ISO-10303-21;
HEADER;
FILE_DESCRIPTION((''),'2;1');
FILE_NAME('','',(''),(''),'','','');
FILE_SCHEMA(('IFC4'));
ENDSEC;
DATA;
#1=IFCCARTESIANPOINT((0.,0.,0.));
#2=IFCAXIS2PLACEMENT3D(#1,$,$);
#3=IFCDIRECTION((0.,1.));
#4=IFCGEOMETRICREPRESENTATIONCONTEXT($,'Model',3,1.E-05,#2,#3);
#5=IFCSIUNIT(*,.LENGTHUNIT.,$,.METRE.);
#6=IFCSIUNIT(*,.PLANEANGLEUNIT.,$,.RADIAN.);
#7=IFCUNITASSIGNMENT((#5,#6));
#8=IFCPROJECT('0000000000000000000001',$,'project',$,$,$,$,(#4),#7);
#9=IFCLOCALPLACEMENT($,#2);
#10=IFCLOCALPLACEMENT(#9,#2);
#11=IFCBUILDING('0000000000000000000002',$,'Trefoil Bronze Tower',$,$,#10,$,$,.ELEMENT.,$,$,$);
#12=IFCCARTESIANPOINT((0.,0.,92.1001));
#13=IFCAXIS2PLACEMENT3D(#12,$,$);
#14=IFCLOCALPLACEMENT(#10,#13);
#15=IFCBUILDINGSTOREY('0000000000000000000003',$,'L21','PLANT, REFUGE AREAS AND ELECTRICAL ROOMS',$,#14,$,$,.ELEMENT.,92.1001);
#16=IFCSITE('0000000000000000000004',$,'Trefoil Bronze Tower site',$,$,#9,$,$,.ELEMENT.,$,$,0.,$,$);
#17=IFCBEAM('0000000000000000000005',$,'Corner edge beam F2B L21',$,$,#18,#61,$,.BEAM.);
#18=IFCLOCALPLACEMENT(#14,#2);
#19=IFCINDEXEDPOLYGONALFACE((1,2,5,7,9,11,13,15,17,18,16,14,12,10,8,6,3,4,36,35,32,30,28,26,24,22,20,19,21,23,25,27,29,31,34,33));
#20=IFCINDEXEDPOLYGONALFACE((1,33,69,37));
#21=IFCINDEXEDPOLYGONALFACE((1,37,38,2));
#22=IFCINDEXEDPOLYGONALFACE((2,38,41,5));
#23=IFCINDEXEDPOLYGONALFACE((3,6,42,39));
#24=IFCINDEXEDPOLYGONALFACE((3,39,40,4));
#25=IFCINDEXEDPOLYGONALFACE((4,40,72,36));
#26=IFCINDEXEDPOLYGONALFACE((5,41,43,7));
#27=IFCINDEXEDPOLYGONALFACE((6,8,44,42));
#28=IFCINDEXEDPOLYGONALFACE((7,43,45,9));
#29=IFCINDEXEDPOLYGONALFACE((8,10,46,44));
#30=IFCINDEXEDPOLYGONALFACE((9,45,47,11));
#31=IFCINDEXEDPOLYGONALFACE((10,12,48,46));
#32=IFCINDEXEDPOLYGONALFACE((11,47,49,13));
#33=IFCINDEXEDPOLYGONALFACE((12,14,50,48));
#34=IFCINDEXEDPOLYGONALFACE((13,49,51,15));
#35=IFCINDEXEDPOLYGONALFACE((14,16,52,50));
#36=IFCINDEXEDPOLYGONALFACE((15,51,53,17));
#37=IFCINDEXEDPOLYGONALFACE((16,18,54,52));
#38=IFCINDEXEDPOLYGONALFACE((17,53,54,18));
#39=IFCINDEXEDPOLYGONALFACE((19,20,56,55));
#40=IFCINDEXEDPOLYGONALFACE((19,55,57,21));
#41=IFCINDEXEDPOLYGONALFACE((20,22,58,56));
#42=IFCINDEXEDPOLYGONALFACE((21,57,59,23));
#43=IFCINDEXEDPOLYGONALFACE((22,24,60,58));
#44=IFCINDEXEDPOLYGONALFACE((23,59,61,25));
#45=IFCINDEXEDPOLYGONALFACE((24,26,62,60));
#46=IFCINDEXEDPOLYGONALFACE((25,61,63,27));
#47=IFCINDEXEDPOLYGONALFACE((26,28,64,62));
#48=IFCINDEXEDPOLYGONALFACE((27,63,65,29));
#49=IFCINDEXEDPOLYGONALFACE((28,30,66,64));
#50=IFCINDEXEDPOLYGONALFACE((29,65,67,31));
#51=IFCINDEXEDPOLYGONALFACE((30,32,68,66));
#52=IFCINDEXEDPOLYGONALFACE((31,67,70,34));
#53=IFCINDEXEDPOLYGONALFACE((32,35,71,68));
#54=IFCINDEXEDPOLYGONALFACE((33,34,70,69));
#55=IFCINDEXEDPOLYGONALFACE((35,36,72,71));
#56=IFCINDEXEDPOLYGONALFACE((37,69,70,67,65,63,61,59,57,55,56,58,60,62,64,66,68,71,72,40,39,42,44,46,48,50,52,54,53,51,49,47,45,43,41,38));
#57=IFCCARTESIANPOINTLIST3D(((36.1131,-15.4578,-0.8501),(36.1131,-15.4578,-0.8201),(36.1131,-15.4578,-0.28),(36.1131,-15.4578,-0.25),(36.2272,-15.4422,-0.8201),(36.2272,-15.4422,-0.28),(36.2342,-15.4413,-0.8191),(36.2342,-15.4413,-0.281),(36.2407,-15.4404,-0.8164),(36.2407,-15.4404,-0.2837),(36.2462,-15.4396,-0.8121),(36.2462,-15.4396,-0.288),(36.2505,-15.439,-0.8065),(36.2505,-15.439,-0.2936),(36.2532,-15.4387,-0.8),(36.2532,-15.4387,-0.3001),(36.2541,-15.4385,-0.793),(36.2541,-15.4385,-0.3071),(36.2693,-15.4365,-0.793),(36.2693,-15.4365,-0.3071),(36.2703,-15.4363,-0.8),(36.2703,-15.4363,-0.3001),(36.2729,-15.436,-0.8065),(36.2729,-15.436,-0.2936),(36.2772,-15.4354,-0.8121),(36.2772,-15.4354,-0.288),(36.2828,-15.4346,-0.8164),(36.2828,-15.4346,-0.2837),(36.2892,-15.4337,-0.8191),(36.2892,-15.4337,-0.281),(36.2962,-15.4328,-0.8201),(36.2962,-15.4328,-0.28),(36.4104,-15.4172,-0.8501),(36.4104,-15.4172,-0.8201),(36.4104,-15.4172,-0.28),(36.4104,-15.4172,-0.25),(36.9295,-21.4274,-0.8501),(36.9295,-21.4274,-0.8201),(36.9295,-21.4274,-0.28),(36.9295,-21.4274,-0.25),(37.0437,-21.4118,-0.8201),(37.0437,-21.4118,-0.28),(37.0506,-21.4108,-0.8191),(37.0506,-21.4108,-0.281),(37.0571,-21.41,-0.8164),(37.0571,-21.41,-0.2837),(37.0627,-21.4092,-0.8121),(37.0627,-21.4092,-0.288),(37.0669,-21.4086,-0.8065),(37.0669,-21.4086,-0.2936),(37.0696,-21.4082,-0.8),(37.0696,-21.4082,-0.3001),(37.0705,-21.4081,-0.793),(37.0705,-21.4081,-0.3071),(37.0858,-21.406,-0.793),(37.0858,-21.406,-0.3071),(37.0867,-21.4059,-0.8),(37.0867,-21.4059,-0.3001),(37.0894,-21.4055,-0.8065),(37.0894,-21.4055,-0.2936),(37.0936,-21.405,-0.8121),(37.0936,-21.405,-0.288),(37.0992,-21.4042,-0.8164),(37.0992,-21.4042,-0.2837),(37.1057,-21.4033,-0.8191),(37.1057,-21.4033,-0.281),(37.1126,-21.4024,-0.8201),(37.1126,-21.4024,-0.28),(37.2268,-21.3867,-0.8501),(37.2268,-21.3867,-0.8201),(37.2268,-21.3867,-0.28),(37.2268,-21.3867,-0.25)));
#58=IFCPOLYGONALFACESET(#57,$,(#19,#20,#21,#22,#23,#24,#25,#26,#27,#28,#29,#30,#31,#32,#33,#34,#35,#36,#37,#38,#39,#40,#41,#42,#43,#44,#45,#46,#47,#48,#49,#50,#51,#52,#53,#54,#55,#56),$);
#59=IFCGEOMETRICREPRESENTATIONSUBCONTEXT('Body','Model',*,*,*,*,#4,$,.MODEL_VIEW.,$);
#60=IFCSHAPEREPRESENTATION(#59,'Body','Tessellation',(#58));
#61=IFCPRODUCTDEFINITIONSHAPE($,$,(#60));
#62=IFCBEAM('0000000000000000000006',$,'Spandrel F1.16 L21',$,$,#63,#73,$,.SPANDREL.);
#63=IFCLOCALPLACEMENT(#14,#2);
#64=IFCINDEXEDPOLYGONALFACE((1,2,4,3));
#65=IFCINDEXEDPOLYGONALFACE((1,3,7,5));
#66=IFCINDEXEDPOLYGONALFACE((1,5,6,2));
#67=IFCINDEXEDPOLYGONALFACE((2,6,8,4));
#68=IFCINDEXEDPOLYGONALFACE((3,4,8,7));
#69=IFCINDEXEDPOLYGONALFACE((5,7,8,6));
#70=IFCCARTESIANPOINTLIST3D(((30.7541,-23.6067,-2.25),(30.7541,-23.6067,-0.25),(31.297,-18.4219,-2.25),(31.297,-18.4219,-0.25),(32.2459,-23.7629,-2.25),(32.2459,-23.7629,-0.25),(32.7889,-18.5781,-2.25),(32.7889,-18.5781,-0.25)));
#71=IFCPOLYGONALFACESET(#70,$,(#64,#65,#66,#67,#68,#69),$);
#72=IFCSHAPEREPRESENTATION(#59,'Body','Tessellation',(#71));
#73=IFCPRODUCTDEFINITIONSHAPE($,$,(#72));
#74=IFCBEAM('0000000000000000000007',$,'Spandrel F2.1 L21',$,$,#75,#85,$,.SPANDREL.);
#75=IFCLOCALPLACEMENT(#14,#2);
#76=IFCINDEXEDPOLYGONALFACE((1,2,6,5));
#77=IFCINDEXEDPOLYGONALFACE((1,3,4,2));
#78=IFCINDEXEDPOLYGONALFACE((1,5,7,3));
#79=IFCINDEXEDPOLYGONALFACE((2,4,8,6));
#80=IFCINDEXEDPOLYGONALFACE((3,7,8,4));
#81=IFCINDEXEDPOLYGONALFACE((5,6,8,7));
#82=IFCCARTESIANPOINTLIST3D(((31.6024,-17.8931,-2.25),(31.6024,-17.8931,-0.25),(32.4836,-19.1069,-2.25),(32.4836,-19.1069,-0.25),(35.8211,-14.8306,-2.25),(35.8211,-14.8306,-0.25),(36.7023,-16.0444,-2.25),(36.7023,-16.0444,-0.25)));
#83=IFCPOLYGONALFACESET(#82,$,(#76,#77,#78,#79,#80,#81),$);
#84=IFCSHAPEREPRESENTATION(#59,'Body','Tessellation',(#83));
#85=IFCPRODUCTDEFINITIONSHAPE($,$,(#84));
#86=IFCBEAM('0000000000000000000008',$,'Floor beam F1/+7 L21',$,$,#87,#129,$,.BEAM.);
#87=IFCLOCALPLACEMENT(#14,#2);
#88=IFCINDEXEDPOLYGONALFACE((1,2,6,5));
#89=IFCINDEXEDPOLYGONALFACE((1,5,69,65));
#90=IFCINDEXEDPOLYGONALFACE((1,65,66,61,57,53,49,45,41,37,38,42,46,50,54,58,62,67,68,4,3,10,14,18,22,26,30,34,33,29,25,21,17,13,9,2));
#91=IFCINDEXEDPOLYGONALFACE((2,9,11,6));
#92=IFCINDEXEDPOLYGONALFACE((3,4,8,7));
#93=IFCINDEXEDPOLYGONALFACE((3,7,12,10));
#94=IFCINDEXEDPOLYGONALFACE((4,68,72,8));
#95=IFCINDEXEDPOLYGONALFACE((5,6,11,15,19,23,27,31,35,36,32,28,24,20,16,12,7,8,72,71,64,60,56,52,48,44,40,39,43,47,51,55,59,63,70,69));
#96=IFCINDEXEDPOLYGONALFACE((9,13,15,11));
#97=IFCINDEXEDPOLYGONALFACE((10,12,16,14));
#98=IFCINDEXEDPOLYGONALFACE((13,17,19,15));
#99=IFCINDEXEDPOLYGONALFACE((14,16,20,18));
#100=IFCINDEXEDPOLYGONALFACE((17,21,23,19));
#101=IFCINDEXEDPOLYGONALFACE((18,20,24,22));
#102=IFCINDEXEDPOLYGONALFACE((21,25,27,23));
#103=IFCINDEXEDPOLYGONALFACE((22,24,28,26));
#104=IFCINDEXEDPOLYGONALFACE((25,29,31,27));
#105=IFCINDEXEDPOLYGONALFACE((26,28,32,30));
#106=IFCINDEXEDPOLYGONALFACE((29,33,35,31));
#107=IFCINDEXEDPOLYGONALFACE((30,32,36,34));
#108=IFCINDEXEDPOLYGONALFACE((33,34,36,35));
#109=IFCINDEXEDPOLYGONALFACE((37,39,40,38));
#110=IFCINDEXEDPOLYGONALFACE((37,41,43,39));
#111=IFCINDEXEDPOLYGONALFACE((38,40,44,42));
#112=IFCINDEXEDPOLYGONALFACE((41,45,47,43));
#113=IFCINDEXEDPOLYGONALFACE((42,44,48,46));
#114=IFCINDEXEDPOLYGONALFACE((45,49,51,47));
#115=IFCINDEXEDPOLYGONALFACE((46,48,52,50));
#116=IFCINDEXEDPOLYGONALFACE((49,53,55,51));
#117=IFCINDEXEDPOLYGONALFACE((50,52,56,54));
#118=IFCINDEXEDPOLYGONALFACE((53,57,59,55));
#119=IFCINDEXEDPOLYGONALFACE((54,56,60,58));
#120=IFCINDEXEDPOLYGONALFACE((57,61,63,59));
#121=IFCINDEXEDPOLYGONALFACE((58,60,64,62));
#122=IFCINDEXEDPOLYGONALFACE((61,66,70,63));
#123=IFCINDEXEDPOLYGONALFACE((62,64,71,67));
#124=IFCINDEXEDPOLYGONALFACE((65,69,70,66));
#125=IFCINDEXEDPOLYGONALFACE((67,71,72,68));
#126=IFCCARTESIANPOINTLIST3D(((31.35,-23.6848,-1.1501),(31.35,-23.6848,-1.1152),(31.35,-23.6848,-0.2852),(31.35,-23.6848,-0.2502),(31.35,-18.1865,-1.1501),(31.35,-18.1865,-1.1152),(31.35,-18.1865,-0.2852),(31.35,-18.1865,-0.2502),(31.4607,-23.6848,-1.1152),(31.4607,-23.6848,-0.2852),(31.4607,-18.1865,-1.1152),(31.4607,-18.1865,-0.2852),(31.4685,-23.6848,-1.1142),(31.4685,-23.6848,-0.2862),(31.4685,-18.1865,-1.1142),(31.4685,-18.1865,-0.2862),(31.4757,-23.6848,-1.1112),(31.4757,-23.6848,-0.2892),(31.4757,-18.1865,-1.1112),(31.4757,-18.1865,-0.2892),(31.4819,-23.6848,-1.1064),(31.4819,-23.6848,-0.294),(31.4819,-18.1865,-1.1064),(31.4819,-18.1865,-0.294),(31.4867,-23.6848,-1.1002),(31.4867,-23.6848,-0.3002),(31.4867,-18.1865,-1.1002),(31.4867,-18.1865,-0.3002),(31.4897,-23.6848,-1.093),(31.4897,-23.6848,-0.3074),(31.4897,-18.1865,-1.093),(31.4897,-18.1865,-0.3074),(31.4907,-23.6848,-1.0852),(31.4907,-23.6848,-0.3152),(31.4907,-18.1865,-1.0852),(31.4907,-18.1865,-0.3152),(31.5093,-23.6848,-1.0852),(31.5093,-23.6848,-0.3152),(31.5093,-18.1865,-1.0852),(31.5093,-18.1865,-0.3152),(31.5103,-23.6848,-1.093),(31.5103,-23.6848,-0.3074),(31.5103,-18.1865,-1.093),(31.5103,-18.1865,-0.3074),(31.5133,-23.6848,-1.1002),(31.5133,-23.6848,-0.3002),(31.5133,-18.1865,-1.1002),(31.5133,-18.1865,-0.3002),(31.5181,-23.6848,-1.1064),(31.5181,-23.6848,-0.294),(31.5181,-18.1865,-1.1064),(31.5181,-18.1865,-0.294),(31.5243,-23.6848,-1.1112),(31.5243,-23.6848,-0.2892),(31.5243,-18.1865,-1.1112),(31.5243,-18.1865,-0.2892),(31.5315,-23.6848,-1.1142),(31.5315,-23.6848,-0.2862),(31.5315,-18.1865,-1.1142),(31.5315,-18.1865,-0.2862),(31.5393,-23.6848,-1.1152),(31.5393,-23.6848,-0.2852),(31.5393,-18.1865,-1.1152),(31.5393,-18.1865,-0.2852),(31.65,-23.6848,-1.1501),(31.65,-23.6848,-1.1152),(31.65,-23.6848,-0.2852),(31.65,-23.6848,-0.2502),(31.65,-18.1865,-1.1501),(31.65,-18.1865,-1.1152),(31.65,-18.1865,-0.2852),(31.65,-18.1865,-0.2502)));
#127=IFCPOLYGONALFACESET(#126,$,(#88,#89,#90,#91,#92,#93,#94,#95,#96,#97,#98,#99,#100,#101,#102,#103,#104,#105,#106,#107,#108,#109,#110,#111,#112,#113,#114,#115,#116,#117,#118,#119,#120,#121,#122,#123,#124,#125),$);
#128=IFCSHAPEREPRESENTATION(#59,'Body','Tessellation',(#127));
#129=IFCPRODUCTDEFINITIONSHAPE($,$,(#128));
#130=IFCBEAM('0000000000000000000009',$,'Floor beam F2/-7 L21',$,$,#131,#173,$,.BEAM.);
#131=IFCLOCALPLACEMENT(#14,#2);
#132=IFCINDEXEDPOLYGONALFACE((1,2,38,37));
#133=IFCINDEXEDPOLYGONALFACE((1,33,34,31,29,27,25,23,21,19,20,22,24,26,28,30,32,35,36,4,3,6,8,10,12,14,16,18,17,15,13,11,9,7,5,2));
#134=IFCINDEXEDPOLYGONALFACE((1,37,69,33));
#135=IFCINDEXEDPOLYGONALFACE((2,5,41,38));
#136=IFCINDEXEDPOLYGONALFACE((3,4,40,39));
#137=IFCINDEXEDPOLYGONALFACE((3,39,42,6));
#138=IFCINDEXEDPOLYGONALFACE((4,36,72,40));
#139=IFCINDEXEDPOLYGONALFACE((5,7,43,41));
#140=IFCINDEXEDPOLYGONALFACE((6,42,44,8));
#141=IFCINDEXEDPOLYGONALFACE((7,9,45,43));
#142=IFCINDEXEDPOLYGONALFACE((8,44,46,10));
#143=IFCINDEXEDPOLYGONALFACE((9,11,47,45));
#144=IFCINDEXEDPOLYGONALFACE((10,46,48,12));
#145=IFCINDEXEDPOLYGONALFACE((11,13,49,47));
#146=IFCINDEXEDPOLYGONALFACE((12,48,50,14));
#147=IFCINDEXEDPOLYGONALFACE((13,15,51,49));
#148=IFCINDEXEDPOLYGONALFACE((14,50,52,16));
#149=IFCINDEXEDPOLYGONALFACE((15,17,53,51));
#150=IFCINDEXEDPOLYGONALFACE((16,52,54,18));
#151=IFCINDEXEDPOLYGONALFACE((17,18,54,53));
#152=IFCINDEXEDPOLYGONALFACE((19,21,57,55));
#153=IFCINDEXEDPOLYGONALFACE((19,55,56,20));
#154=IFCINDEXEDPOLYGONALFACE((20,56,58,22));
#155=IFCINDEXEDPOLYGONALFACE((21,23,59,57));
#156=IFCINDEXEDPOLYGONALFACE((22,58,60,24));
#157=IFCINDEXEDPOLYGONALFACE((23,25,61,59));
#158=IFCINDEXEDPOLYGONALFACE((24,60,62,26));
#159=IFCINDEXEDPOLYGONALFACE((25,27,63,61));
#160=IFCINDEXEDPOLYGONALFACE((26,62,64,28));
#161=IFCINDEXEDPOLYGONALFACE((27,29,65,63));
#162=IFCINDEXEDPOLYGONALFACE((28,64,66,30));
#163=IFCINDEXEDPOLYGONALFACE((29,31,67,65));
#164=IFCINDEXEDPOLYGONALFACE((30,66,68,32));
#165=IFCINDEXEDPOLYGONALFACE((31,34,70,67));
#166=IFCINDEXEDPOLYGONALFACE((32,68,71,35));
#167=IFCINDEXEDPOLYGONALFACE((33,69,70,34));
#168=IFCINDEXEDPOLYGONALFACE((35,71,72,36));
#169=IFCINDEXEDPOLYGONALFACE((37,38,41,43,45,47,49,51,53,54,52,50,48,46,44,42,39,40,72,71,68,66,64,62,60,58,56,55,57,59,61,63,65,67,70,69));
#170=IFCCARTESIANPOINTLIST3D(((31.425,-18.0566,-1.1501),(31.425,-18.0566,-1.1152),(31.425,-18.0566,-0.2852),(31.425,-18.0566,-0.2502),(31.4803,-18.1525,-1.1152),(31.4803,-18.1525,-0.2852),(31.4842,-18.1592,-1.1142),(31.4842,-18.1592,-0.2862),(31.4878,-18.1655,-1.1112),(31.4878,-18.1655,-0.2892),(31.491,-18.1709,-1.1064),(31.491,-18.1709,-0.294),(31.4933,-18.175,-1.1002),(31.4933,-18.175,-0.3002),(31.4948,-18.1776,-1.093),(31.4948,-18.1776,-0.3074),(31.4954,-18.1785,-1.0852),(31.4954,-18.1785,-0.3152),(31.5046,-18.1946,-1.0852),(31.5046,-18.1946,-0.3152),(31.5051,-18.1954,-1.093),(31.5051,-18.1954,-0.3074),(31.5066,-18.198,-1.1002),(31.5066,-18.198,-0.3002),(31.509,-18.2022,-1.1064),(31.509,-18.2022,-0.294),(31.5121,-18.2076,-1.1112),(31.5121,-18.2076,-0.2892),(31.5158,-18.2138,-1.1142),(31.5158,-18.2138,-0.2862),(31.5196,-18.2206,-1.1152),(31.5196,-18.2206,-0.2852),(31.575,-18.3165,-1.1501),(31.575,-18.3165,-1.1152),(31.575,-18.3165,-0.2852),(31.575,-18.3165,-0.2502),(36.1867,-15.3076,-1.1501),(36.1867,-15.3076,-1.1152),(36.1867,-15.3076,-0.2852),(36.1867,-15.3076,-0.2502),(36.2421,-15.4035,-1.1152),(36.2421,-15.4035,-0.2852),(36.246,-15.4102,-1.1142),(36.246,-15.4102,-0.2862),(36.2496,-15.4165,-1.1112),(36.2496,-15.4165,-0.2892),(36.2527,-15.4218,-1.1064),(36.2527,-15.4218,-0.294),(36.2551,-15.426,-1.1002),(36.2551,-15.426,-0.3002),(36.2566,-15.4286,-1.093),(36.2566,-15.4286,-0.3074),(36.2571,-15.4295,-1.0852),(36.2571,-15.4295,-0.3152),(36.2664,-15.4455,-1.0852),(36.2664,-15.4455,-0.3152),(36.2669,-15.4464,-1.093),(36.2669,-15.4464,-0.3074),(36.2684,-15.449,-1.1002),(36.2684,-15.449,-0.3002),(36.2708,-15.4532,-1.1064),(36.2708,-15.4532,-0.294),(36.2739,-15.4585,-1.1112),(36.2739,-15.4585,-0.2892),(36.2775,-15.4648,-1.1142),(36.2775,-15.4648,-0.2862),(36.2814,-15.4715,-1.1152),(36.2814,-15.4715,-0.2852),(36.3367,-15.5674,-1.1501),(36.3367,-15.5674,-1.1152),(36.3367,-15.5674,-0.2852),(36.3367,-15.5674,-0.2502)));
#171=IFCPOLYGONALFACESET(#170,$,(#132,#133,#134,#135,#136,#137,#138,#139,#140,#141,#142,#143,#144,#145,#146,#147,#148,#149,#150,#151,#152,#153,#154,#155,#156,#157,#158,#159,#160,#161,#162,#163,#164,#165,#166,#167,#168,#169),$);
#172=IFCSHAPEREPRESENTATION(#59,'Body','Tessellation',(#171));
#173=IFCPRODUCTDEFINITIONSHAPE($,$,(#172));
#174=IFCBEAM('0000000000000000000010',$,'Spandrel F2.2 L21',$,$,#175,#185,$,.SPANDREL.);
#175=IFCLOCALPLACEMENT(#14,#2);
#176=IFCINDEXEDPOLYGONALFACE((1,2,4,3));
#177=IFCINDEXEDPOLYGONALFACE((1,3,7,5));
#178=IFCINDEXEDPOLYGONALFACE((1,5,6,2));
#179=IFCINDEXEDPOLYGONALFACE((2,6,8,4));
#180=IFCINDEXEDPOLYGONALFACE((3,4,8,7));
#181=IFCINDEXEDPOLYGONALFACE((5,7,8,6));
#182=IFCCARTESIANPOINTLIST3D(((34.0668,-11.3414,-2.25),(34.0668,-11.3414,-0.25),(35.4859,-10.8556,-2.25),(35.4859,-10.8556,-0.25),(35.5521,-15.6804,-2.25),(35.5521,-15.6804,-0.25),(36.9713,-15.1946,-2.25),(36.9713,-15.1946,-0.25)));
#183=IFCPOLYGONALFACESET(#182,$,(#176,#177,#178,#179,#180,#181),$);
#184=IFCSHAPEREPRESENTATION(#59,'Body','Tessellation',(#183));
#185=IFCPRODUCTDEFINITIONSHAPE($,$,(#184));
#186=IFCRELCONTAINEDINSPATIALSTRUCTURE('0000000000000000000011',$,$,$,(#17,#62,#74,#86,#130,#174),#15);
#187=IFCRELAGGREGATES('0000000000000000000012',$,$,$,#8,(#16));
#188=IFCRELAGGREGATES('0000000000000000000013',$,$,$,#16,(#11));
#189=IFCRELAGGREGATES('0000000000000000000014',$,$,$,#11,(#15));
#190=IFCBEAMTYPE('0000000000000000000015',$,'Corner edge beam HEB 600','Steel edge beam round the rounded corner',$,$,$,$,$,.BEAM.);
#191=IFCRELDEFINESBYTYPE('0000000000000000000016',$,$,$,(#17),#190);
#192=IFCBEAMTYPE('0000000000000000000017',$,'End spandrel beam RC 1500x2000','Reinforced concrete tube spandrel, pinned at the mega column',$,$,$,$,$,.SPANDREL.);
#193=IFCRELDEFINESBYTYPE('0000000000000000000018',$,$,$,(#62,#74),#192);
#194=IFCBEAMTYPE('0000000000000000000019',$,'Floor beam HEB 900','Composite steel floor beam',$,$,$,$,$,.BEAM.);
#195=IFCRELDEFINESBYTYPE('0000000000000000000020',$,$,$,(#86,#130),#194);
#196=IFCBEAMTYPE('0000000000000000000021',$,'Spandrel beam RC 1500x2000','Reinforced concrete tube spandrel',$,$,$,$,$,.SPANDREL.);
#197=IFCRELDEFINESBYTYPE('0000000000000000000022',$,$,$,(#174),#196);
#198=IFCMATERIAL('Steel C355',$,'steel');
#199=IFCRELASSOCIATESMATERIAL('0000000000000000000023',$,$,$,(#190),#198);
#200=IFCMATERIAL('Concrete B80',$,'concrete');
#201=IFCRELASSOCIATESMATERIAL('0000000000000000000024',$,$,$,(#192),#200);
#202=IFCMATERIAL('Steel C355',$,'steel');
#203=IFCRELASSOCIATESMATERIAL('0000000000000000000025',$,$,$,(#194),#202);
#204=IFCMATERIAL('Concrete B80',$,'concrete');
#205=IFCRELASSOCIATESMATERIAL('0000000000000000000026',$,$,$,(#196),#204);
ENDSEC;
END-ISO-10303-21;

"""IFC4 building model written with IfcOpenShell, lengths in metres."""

from ifc_helpers import new_model, si_unit, direction, frame, origin, origin_2d, place, context, subcontext, project, spatial, rectangle, i_section, extrude, material, material_profile, profile_set, type_object, element, save


model = new_model("IFC4")

# Units and contexts
model_context = context("Model", 3, precision=1e-05, world=origin(), true_north=direction((0.0, 1.0)))
body_context = subcontext(model_context, "Body", "Model", "MODEL_VIEW")
ifc_project = project(units=[si_unit("LENGTHUNIT", "METRE"), si_unit("PLANEANGLEUNIT", "RADIAN")], contexts=[model_context])

# Site, building, storey
site_placement = place(None, origin())
site = spatial("IfcSite", under=ifc_project, at=site_placement, Name="Trefoil Bronze Tower site", CompositionType="ELEMENT", RefElevation=0.0)
building_placement = place(site_placement, origin())
building = spatial("IfcBuilding", under=site, at=building_placement, Name="Trefoil Bronze Tower", CompositionType="ELEMENT")
storey_placement = place(building_placement, frame((0.0, 0.0, 92.1001)))
storey = spatial("IfcBuildingStorey", under=building, at=storey_placement, Name="L21", Description="PLANT, REFUGE AREAS AND ELECTRICAL ROOMS", CompositionType="ELEMENT", Elevation=92.1001)

# Beams
ifc_material_1 = material(Name="Steel C355", Category="steel")
ifc_material_profile_1 = material_profile(ifc_material_1, i_section(OverallWidth=0.3, OverallDepth=0.6001, WebThickness=0.0154, FlangeThickness=0.03, FilletRadius=0.0271, at=origin_2d()), Name="HEB 600")
ifc_profile_set_1 = profile_set([ifc_material_profile_1], Name="Steel C355")
beam_type_1 = type_object("IfcBeamType", Name="Corner edge beam HEB 600", Description="Steel edge beam round the rounded corner", PredefinedType="BEAM", material=ifc_profile_set_1)
beam_1_placement = place(storey_placement, frame((36.2617, -15.4375, -0.55), z_axis=(0.135502, -0.990777, 0.0), x_axis=(0.990777, 0.135502, 0.0)))
element("IfcBeam", 1, at=beam_1_placement, inside=storey, type_object=beam_type_1, Name="Corner edge beam F2B L21", PredefinedType="BEAM", context=body_context, shape_type="SweptSolid", body=[
    extrude(i_section(OverallWidth=0.3, OverallDepth=0.6001, WebThickness=0.0154, FlangeThickness=0.03, FilletRadius=0.0271, at=origin_2d()), origin(), (0.0, 0.0, 1.0), 6.0251),
])
ifc_material_2 = material(Name="Concrete B80", Category="concrete")
ifc_material_profile_2 = material_profile(ifc_material_2, rectangle(XDim=1.5, YDim=2.0, at=origin_2d()), Name="RC 1500x2000")
ifc_profile_set_2 = profile_set([ifc_material_profile_2], Name="Concrete B80")
beam_type_2 = type_object("IfcBeamType", Name="End spandrel beam RC 1500x2000", Description="Reinforced concrete tube spandrel, pinned at the mega column", PredefinedType="SPANDREL", material=ifc_profile_set_2)
for number, where, z_axis, x_axis, name in (
    (2, (31.5, -23.6848, -1.25), (0.104153, 0.994561, 0.0), (-0.994561, 0.104153, 0.0), "Spandrel F1.16 L21"),
    (3, (32.043, -18.5, -1.25), (0.809254, 0.587459, 0.0), (-0.587459, 0.809254, 0.0), "Spandrel F2.1 L21"),
):
    element("IfcBeam", number, at=place(storey_placement, frame(where, z_axis=z_axis, x_axis=x_axis)), inside=storey, type_object=beam_type_2, Name=name, PredefinedType="SPANDREL", context=body_context, shape_type="SweptSolid", body=[
        extrude(rectangle(XDim=1.5, YDim=2.0, at=origin_2d()), origin(), (0.0, 0.0, 1.0), 5.2131),
    ])
ifc_material_3 = material(Name="Steel C355", Category="steel")
ifc_material_profile_3 = material_profile(ifc_material_3, i_section(OverallWidth=0.3, OverallDepth=0.8999, WebThickness=0.0186, FlangeThickness=0.0349, FilletRadius=0.03, at=origin_2d()), Name="HEB 900")
ifc_profile_set_3 = profile_set([ifc_material_profile_3], Name="Steel C355")
beam_type_3 = type_object("IfcBeamType", Name="Floor beam HEB 900", Description="Composite steel floor beam", PredefinedType="BEAM", material=ifc_profile_set_3)
for number, where, z_axis, x_axis, name in (
    (4, (31.5, -23.6848, -0.7002), (0.0, 1.0, 0.0), (-1.0, 0.0, 0.0), "Floor beam F1/+7 L21"),
    (5, (36.2617, -15.4375, -0.7002), (-0.866038, -0.499979, 0.0), (0.499979, -0.866038, 0.0), "Floor beam F2/-7 L21"),
):
    element("IfcBeam", number, at=place(storey_placement, frame(where, z_axis=z_axis, x_axis=x_axis)), inside=storey, type_object=beam_type_3, Name=name, PredefinedType="BEAM", context=body_context, shape_type="SweptSolid", body=[
        extrude(i_section(OverallWidth=0.3, OverallDepth=0.8999, WebThickness=0.0186, FlangeThickness=0.0349, FilletRadius=0.03, at=origin_2d()), origin(), (0.0, 0.0, 1.0), 5.4983),
    ])
ifc_material_4 = material(Name="Concrete B80", Category="concrete")
ifc_material_profile_4 = material_profile(ifc_material_4, rectangle(XDim=1.5, YDim=2.0, at=origin_2d()), Name="RC 1500x2000")
ifc_profile_set_4 = profile_set([ifc_material_profile_4], Name="Concrete B80")
beam_type_4 = type_object("IfcBeamType", Name="Spandrel beam RC 1500x2000", Description="Reinforced concrete tube spandrel", PredefinedType="SPANDREL", material=ifc_profile_set_4)
beam_2_placement = place(storey_placement, frame((36.2617, -15.4375, -1.25), z_axis=(-0.323883, 0.946097, 0.0), x_axis=(-0.946097, -0.323883, 0.0)))
element("IfcBeam", 6, at=beam_2_placement, inside=storey, type_object=beam_type_4, Name="Spandrel F2.2 L21", PredefinedType="SPANDREL", context=body_context, shape_type="SweptSolid", body=[
    extrude(rectangle(XDim=1.5, YDim=2.0, at=origin_2d()), origin(), (0.0, 0.0, 1.0), 4.5862),
])

save(model, "model.ifc")
